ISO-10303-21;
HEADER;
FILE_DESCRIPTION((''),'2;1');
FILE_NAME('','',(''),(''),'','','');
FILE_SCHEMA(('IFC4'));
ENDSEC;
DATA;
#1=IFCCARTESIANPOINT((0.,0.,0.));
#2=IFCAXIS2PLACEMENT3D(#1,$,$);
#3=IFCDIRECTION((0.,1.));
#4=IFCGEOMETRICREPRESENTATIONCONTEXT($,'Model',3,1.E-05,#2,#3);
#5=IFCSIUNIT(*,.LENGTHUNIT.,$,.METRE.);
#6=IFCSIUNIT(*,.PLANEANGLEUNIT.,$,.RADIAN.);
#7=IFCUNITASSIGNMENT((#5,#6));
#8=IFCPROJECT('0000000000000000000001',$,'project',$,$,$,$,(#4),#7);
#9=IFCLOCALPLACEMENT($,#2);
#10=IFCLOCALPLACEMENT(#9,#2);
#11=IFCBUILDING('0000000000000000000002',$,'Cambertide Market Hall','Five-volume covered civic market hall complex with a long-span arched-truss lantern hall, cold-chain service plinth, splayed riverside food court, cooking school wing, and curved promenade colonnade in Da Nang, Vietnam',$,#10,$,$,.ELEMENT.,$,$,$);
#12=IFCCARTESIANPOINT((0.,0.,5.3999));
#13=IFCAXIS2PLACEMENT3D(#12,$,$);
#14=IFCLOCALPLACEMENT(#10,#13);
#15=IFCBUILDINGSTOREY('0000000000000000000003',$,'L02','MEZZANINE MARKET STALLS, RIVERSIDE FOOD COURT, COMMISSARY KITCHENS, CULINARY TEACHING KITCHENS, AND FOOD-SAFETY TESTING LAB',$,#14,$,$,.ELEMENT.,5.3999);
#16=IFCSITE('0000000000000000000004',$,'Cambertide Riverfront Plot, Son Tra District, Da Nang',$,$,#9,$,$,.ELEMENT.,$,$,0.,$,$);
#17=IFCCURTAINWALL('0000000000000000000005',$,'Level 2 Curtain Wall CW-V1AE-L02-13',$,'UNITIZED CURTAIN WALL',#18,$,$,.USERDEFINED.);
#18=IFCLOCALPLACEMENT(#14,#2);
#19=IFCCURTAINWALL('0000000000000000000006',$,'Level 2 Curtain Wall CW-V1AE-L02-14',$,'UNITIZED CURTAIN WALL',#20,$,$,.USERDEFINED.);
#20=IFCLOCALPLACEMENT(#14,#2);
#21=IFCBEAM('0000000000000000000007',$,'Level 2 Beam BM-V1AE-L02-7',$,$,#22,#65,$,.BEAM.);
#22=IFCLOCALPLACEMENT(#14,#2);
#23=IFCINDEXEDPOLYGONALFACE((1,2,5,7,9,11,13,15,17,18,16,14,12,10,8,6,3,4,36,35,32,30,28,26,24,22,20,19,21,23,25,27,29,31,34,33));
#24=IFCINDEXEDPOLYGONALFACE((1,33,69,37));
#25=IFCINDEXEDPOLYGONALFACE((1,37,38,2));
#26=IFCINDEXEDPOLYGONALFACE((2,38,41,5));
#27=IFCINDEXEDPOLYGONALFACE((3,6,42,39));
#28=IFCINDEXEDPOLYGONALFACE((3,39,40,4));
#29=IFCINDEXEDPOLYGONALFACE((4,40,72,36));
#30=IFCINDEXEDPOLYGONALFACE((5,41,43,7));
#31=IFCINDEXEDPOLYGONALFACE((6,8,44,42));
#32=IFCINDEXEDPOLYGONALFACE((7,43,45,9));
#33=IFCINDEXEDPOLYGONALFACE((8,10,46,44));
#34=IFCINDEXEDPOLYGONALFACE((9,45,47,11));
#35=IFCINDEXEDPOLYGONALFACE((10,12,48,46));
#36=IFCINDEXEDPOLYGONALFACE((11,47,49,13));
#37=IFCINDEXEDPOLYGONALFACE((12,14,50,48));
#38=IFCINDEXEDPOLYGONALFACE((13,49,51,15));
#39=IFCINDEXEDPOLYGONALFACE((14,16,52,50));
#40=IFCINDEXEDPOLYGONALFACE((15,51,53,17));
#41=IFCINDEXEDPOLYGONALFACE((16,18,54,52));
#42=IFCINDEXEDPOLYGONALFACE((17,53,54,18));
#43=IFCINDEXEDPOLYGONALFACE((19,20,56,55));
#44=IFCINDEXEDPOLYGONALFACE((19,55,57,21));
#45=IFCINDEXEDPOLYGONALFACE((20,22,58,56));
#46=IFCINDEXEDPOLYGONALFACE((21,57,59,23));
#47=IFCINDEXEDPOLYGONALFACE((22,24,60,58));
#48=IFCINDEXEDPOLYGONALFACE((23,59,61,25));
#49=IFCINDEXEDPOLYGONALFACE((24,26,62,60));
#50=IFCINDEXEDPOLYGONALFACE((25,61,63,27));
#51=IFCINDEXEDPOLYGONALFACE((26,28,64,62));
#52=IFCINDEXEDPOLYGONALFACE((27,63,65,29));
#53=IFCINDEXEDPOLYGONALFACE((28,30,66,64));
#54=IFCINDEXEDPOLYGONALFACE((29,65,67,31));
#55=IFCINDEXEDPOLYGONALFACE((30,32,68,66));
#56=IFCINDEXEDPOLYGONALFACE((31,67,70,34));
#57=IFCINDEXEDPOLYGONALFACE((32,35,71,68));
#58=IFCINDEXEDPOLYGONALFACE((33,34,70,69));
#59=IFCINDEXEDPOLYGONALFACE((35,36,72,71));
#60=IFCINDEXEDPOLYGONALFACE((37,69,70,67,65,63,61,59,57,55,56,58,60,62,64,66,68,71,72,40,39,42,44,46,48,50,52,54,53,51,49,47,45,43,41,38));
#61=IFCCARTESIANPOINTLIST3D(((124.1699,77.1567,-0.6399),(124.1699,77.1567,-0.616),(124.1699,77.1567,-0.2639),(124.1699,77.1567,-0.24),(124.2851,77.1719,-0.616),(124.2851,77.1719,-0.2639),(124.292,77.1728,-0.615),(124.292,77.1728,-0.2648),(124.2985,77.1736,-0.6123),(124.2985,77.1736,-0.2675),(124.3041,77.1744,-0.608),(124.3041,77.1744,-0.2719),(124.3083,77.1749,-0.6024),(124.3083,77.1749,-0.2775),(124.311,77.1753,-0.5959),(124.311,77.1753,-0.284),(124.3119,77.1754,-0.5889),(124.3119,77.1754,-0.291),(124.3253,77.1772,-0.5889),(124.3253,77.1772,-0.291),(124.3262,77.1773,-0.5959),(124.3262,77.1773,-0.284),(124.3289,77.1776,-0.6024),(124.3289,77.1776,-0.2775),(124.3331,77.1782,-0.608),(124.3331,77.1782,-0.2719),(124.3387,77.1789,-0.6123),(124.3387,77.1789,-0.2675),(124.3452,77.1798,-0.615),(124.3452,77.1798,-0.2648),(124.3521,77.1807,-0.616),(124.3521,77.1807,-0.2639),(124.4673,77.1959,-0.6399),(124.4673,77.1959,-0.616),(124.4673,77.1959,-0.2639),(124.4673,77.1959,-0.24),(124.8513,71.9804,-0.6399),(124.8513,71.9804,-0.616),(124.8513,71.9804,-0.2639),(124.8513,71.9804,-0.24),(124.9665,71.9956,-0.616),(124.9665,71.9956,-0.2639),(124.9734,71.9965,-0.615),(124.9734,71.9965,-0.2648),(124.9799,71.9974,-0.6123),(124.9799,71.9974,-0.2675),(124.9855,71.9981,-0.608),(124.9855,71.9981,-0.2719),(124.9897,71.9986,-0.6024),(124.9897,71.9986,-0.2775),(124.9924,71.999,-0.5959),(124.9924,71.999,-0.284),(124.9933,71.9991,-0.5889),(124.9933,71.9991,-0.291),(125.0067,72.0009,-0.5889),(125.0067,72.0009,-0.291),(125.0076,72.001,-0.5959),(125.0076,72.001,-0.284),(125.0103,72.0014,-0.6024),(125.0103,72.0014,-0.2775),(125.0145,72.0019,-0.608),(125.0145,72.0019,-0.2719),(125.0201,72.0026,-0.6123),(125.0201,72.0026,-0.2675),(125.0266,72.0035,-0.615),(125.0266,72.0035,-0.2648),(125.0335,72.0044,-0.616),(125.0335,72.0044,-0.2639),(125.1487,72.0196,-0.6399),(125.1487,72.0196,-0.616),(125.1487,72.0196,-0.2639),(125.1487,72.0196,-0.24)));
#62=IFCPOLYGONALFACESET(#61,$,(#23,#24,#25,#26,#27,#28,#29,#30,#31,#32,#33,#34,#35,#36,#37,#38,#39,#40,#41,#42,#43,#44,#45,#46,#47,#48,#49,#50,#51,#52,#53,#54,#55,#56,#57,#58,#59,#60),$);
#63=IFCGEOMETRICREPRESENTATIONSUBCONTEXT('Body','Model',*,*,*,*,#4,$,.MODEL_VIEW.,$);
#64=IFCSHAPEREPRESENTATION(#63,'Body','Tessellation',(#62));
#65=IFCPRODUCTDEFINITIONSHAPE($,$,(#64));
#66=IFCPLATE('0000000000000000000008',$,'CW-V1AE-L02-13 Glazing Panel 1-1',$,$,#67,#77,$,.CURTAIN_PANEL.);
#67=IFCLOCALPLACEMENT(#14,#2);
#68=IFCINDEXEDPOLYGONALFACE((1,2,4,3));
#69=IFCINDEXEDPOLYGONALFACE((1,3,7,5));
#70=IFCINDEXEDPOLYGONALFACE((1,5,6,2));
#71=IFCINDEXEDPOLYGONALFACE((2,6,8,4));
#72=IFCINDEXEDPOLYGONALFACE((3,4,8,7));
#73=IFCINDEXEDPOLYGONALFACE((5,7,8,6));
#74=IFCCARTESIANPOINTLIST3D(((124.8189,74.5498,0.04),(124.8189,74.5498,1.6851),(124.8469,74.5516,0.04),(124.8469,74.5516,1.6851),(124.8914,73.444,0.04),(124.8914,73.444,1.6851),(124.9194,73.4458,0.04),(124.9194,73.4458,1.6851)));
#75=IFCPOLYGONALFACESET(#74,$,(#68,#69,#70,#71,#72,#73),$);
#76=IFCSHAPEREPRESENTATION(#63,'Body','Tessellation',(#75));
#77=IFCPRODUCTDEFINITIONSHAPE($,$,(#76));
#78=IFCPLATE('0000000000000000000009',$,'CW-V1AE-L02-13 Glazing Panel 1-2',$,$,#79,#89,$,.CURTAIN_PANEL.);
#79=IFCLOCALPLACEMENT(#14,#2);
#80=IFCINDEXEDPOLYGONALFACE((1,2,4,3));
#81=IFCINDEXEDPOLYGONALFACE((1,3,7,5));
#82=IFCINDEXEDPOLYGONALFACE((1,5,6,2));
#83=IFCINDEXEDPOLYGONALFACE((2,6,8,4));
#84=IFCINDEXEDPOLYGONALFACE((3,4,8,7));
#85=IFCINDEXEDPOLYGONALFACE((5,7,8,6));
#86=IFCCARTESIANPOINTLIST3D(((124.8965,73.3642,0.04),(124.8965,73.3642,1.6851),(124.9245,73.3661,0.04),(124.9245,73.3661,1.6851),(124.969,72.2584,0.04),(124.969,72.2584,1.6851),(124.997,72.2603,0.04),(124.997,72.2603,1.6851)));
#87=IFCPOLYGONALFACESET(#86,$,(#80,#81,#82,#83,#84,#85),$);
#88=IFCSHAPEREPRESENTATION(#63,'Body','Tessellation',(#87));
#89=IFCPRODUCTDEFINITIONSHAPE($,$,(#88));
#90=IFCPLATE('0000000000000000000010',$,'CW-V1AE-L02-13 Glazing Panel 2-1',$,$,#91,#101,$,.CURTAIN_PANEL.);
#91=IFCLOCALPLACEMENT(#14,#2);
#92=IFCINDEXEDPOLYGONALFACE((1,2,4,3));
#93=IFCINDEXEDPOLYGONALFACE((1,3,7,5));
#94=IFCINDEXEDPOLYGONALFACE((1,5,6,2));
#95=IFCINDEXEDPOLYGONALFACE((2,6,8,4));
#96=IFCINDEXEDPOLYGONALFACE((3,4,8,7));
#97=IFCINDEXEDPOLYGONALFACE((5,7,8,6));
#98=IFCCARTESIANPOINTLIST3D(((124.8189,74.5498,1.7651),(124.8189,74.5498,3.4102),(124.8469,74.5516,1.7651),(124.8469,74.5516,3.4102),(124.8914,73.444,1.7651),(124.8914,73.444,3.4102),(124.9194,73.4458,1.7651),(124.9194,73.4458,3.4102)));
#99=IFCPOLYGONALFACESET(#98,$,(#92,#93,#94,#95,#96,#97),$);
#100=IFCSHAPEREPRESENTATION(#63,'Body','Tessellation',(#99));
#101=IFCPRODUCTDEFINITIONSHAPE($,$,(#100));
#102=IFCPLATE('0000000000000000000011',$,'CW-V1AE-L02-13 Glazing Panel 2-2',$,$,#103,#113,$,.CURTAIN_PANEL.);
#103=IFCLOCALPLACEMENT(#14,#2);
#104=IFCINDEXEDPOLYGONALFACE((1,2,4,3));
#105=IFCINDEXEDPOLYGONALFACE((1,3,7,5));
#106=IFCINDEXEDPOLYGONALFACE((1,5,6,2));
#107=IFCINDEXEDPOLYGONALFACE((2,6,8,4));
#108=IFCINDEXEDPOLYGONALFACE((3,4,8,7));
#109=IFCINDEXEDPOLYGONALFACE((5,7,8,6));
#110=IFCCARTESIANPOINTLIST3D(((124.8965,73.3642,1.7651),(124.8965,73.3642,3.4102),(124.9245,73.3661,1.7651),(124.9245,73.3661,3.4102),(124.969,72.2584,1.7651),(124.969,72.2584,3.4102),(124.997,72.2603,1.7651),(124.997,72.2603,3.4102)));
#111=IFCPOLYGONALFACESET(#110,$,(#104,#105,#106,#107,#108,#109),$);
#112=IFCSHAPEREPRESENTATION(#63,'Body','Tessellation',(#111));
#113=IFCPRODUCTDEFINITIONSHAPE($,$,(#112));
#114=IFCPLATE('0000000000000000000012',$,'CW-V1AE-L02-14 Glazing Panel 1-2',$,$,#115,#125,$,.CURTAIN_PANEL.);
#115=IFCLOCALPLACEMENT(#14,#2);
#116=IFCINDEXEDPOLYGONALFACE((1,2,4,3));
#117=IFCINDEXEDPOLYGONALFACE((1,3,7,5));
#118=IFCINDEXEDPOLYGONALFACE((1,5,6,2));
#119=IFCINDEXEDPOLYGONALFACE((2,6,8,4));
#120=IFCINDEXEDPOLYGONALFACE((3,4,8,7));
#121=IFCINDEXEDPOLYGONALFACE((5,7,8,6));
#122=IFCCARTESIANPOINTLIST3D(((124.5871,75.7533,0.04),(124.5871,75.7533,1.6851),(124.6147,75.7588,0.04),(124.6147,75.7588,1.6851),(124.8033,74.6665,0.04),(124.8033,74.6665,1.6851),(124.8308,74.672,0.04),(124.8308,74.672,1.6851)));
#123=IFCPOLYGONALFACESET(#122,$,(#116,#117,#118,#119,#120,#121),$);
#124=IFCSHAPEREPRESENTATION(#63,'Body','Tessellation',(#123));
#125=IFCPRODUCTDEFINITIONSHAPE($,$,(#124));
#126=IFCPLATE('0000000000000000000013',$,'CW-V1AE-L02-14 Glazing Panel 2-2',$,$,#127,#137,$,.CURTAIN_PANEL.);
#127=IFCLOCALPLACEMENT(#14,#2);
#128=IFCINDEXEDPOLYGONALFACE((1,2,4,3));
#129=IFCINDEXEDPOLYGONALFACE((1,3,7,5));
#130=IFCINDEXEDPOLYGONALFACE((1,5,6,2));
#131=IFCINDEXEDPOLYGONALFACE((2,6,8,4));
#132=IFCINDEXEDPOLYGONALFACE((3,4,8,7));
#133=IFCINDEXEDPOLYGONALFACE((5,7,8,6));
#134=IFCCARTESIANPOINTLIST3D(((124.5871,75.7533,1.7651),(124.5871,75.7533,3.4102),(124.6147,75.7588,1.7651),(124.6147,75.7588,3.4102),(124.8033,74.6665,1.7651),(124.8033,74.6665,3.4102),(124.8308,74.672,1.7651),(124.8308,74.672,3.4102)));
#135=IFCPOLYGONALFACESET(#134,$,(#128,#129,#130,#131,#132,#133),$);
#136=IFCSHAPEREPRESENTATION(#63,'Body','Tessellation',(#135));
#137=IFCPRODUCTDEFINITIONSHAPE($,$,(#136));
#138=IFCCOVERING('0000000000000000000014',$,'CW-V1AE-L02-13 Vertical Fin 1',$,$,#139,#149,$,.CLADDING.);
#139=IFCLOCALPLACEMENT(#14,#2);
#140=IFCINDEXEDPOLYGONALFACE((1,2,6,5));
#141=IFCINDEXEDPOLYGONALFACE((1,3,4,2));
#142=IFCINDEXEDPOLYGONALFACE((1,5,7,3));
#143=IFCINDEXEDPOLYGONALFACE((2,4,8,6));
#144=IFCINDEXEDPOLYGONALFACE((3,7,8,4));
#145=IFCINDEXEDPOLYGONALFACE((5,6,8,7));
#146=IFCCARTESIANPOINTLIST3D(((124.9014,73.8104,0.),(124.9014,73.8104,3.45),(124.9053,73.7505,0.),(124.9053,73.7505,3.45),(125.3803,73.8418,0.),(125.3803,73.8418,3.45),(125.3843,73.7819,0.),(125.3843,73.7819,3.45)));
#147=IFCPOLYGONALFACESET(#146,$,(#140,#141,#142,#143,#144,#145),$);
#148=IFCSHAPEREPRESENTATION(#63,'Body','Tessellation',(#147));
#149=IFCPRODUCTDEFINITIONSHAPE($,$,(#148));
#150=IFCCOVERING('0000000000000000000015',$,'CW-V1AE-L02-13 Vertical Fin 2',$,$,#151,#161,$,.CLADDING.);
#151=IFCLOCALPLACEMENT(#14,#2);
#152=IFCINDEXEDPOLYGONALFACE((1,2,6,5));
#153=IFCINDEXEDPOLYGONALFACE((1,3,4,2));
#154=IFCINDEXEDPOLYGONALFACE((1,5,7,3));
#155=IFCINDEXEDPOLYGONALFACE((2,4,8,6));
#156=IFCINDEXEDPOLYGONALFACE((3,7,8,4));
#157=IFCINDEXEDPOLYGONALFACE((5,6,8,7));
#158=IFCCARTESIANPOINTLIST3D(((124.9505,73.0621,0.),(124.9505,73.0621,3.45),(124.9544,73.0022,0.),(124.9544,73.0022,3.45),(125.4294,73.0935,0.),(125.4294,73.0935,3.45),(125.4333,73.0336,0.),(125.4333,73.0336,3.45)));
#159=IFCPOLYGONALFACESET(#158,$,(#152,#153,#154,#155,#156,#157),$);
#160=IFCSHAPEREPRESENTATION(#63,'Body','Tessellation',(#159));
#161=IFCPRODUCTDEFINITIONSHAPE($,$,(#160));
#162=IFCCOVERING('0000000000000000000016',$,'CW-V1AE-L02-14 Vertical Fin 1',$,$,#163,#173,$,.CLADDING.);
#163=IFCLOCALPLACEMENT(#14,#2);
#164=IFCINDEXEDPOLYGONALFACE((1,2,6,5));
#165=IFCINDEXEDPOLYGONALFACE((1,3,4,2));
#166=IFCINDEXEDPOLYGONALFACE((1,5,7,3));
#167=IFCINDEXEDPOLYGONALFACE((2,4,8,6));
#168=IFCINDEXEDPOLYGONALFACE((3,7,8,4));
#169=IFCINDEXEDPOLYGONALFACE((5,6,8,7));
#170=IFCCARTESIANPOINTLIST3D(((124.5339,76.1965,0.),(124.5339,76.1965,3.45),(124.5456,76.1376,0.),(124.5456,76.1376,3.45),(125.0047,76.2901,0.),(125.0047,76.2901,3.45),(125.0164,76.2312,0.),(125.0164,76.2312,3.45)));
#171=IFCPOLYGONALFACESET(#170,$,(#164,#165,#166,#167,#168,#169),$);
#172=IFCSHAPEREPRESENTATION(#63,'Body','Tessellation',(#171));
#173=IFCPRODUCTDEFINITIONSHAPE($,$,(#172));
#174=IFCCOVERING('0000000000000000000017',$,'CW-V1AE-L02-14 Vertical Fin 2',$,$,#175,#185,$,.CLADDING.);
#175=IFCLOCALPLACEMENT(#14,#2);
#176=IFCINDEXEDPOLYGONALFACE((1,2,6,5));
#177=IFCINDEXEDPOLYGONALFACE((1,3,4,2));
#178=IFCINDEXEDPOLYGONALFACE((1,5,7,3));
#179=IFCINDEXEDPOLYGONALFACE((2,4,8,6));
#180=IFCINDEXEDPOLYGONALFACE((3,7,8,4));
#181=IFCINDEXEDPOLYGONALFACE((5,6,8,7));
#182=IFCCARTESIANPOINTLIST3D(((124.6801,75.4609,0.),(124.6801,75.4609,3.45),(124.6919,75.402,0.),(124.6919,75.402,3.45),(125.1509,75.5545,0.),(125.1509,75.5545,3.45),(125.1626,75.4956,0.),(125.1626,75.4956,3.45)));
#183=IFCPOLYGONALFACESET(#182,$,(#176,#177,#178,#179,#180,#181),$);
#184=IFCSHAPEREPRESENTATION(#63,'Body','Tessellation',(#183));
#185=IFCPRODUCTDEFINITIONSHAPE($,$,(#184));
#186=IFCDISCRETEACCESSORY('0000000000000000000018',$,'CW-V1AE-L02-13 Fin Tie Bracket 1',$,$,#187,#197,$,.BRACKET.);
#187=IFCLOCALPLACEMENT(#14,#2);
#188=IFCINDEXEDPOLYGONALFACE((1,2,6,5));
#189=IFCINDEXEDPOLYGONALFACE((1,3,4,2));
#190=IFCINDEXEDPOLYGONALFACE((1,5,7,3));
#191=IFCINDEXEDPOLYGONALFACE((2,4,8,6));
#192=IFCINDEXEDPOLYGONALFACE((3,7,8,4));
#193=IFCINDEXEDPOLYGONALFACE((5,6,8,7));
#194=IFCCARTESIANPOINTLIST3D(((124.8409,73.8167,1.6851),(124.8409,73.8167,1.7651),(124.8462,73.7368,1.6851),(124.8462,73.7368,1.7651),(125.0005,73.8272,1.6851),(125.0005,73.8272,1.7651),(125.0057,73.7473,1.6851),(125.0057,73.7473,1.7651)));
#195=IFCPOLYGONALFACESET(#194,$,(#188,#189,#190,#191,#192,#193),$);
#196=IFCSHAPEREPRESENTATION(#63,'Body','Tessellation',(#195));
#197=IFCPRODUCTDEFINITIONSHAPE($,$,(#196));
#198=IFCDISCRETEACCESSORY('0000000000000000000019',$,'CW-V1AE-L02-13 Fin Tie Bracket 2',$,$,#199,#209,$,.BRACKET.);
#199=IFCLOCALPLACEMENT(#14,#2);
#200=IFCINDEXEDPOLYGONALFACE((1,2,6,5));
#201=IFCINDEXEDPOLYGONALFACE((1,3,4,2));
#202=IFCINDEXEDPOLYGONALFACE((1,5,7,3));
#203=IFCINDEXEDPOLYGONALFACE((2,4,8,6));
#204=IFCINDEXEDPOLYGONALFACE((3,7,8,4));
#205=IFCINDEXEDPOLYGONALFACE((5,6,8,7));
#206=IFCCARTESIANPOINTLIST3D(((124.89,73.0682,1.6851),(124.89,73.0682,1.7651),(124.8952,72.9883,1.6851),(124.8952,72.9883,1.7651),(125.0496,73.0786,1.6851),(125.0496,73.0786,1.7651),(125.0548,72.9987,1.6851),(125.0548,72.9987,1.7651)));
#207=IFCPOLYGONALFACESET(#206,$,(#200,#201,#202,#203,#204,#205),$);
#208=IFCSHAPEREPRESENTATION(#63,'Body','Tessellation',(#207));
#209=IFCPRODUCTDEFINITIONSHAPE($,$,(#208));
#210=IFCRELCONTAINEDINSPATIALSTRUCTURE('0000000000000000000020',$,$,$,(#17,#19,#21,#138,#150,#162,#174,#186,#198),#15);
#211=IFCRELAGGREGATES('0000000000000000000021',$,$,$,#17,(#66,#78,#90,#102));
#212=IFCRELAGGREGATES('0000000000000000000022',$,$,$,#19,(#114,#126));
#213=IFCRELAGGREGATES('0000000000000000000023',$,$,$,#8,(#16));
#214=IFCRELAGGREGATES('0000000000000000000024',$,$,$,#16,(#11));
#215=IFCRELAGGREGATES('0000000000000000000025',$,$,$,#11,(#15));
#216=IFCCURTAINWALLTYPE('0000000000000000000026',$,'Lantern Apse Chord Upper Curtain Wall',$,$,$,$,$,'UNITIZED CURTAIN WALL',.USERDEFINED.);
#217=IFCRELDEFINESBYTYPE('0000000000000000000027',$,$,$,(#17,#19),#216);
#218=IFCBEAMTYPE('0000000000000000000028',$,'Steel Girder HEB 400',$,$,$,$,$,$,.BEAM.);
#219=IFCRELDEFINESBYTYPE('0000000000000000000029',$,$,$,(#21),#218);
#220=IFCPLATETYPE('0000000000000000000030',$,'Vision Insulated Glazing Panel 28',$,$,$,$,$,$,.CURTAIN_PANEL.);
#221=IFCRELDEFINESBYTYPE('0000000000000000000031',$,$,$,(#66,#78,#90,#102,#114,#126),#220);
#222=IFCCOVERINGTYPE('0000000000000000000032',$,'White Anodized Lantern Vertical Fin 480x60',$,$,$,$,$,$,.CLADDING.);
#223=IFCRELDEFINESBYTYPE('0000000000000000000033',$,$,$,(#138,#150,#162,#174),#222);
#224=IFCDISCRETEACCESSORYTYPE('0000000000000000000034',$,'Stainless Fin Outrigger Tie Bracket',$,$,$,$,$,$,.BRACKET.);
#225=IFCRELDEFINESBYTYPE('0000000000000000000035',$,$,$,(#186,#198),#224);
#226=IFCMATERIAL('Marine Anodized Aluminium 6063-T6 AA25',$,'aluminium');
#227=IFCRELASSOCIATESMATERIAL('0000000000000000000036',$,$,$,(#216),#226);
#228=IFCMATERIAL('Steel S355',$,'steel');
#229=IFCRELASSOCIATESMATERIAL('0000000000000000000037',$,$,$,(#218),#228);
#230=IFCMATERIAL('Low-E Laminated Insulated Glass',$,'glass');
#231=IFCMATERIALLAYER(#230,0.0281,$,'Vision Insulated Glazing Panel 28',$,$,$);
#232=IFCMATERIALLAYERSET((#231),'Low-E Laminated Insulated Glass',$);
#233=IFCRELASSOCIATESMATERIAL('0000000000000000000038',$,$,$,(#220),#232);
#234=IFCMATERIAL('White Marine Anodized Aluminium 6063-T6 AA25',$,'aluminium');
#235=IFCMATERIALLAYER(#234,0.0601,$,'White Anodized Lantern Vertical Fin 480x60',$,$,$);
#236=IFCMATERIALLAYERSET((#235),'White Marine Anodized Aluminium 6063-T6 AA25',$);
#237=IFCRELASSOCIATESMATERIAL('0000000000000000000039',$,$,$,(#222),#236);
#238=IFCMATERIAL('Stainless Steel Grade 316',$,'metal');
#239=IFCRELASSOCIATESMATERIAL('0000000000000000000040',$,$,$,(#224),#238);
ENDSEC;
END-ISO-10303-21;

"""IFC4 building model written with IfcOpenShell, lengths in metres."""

from ifc_helpers import new_model, si_unit, direction, frame, origin, origin_2d, place, context, subcontext, project, spatial, rectangle, i_section, extrude, material, layer, layer_set, material_profile, profile_set, type_object, element, aggregate, save


model = new_model("IFC4")

# Units and contexts
model_context = context("Model", 3, precision=1e-05, world=origin(), true_north=direction((0.0, 1.0)))
body_context = subcontext(model_context, "Body", "Model", "MODEL_VIEW")
ifc_project = project(units=[si_unit("LENGTHUNIT", "METRE"), si_unit("PLANEANGLEUNIT", "RADIAN")], contexts=[model_context])

# Site, building, storey
site_placement = place(None, origin())
site = spatial("IfcSite", under=ifc_project, at=site_placement, Name="Cambertide Riverfront Plot, Son Tra District, Da Nang", CompositionType="ELEMENT", RefElevation=0.0)
building_placement = place(site_placement, origin())
building = spatial("IfcBuilding", under=site, at=building_placement, Name="Cambertide Market Hall", Description="Five-volume covered civic market hall complex with a long-span arched-truss lantern hall, cold-chain service plinth, splayed riverside food court, cooking school wing, and curved promenade colonnade in Da Nang, Vietnam", CompositionType="ELEMENT")
storey_placement = place(building_placement, frame((0.0, 0.0, 5.3999)))
storey = spatial("IfcBuildingStorey", under=building, at=storey_placement, Name="L02", Description="MEZZANINE MARKET STALLS, RIVERSIDE FOOD COURT, COMMISSARY KITCHENS, CULINARY TEACHING KITCHENS, AND FOOD-SAFETY TESTING LAB", CompositionType="ELEMENT", Elevation=5.3999)

# Curtain walls
ifc_material_1 = material(Name="Marine Anodized Aluminium 6063-T6 AA25", Category="aluminium")
curtain_wall_type = type_object("IfcCurtainWallType", Name="Lantern Apse Chord Upper Curtain Wall", ElementType="UNITIZED CURTAIN WALL", PredefinedType="USERDEFINED", material=ifc_material_1)
curtain_wall_1_placement = place(storey_placement, origin())
curtain_wall_1 = element("IfcCurtainWall", 1, at=curtain_wall_1_placement, inside=storey, type_object=curtain_wall_type, Name="Level 2 Curtain Wall CW-V1AE-L02-13", ObjectType="UNITIZED CURTAIN WALL", PredefinedType="USERDEFINED")
curtain_wall_2_placement = place(storey_placement, origin())
curtain_wall_2 = element("IfcCurtainWall", 2, at=curtain_wall_2_placement, inside=storey, type_object=curtain_wall_type, Name="Level 2 Curtain Wall CW-V1AE-L02-14", ObjectType="UNITIZED CURTAIN WALL", PredefinedType="USERDEFINED")

# Beam
ifc_material_2 = material(Name="Steel S355", Category="steel")
ifc_material_profile_1 = material_profile(ifc_material_2, i_section(OverallWidth=0.3, OverallDepth=0.3999, WebThickness=0.0134, FlangeThickness=0.0239, FilletRadius=0.0271, at=origin_2d()), Name="HEB 400")
ifc_profile_set_1 = profile_set([ifc_material_profile_1], Name="Steel S355")
beam_type_1 = type_object("IfcBeamType", Name="Steel Girder HEB 400", PredefinedType="BEAM", material=ifc_profile_set_1)
beam_1_placement = place(storey_placement, frame((125.0, 72.0, -0.4399), z_axis=(-0.130513, 0.991447, 0.0), x_axis=(-0.991447, -0.130513, 0.0)))
element("IfcBeam", 3, at=beam_1_placement, inside=storey, type_object=beam_type_1, Name="Level 2 Beam BM-V1AE-L02-7", PredefinedType="BEAM", context=body_context, shape_type="SweptSolid", body=[
    extrude(i_section(OverallWidth=0.3, OverallDepth=0.3999, WebThickness=0.0134, FlangeThickness=0.0239, FilletRadius=0.0271, at=origin_2d()), origin(), (0.0, 0.0, 1.0), 5.2209),
])

# Plates
ifc_material_3 = material(Name="Low-E Laminated Insulated Glass", Category="glass")
ifc_layer_1 = layer(ifc_material_3, 0.0281, Name="Vision Insulated Glazing Panel 28")
ifc_layer_set_1 = layer_set([ifc_layer_1], Name="Low-E Laminated Insulated Glass")
plate_type = type_object("IfcPlateType", Name="Vision Insulated Glazing Panel 28", PredefinedType="CURTAIN_PANEL", material=ifc_layer_set_1)
plate_1_placement = place(storey_placement, frame((124.8691, 73.9978, 0.04), z_axis=(0.0, 0.0, 1.0), x_axis=(0.065403, -0.997859, 0.0)))
plate_1 = element("IfcPlate", 4, at=plate_1_placement, type_object=plate_type, Name="CW-V1AE-L02-13 Glazing Panel 1-1", PredefinedType="CURTAIN_PANEL", context=body_context, shape_type="SweptSolid", body=[
    extrude(rectangle(XDim=1.1082, YDim=0.0281, at=origin_2d()), origin(), (0.0, 0.0, 1.0), 1.645),
])
plate_2_placement = place(storey_placement, frame((124.9468, 72.8123, 0.04), z_axis=(0.0, 0.0, 1.0), x_axis=(0.065403, -0.997859, 0.0)))
plate_2 = element("IfcPlate", 5, at=plate_2_placement, type_object=plate_type, Name="CW-V1AE-L02-13 Glazing Panel 1-2", PredefinedType="CURTAIN_PANEL", context=body_context, shape_type="SweptSolid", body=[
    extrude(rectangle(XDim=1.1082, YDim=0.0281, at=origin_2d()), origin(), (0.0, 0.0, 1.0), 1.645),
])
plate_3_placement = place(storey_placement, frame((124.8691, 73.9978, 1.7651), z_axis=(0.0, 0.0, 1.0), x_axis=(0.065403, -0.997859, 0.0)))
plate_3 = element("IfcPlate", 6, at=plate_3_placement, type_object=plate_type, Name="CW-V1AE-L02-13 Glazing Panel 2-1", PredefinedType="CURTAIN_PANEL", context=body_context, shape_type="SweptSolid", body=[
    extrude(rectangle(XDim=1.1082, YDim=0.0281, at=origin_2d()), origin(), (0.0, 0.0, 1.0), 1.645),
])
plate_4_placement = place(storey_placement, frame((124.9468, 72.8123, 1.7651), z_axis=(0.0, 0.0, 1.0), x_axis=(0.065403, -0.997859, 0.0)))
plate_4 = element("IfcPlate", 7, at=plate_4_placement, type_object=plate_type, Name="CW-V1AE-L02-13 Glazing Panel 2-2", PredefinedType="CURTAIN_PANEL", context=body_context, shape_type="SweptSolid", body=[
    extrude(rectangle(XDim=1.1082, YDim=0.0281, at=origin_2d()), origin(), (0.0, 0.0, 1.0), 1.645),
])
aggregate(curtain_wall_1, [plate_1, plate_2, plate_3, plate_4])
plate_5_placement = place(storey_placement, frame((124.709, 75.2126, 0.04), z_axis=(0.0, 0.0, 1.0), x_axis=(0.19509, -0.980785, 0.0)))
plate_5 = element("IfcPlate", 8, at=plate_5_placement, type_object=plate_type, Name="CW-V1AE-L02-14 Glazing Panel 1-2", PredefinedType="CURTAIN_PANEL", context=body_context, shape_type="SweptSolid", body=[
    extrude(rectangle(XDim=1.1082, YDim=0.0281, at=origin_2d()), origin(), (0.0, 0.0, 1.0), 1.645),
])
plate_6_placement = place(storey_placement, frame((124.709, 75.2126, 1.7651), z_axis=(0.0, 0.0, 1.0), x_axis=(0.19509, -0.980785, 0.0)))
plate_6 = element("IfcPlate", 9, at=plate_6_placement, type_object=plate_type, Name="CW-V1AE-L02-14 Glazing Panel 2-2", PredefinedType="CURTAIN_PANEL", context=body_context, shape_type="SweptSolid", body=[
    extrude(rectangle(XDim=1.1082, YDim=0.0281, at=origin_2d()), origin(), (0.0, 0.0, 1.0), 1.645),
])
aggregate(curtain_wall_2, [plate_5, plate_6])

# Coverings
ifc_material_4 = material(Name="White Marine Anodized Aluminium 6063-T6 AA25", Category="aluminium")
ifc_layer_2 = layer(ifc_material_4, 0.0601, Name="White Anodized Lantern Vertical Fin 480x60")
ifc_layer_set_2 = layer_set([ifc_layer_2], Name="White Marine Anodized Aluminium 6063-T6 AA25")
covering_type = type_object("IfcCoveringType", Name="White Anodized Lantern Vertical Fin 480x60", PredefinedType="CLADDING", material=ifc_layer_set_2)
for number, where, z_axis, x_axis, name in (
    (10, (125.1428, 73.7961, 0.0), (0.0, 0.0, 1.0), (0.065403, -0.997859, 0.0), "CW-V1AE-L02-13 Vertical Fin 1"),
    (11, (125.1919, 73.0479, 0.0), (0.0, 0.0, 1.0), (0.065403, -0.997859, 0.0), "CW-V1AE-L02-13 Vertical Fin 2"),
    (12, (124.7751, 76.2139, 0.0), (0.0, 0.0, 1.0), (0.19509, -0.980785, 0.0), "CW-V1AE-L02-14 Vertical Fin 1"),
    (13, (124.9214, 75.4783, 0.0), (0.0, 0.0, 1.0), (0.19509, -0.980785, 0.0), "CW-V1AE-L02-14 Vertical Fin 2"),
):
    element("IfcCovering", number, at=place(storey_placement, frame(where, z_axis=z_axis, x_axis=x_axis)), inside=storey, type_object=covering_type, Name=name, PredefinedType="CLADDING", context=body_context, shape_type="SweptSolid", body=[
        extrude(rectangle(XDim=0.0601, YDim=0.48, at=origin_2d()), origin(), (0.0, 0.0, 1.0), 3.45),
    ])

# Discrete accessories
ifc_material_5 = material(Name="Stainless Steel Grade 316", Category="metal")
discrete_accessory_type = type_object("IfcDiscreteAccessoryType", Name="Stainless Fin Outrigger Tie Bracket", PredefinedType="BRACKET", material=ifc_material_5)
for number, where, z_axis, x_axis, name in (
    (14, (124.9233, 73.782, 1.6851), (0.0, 0.0, 1.0), (0.065403, -0.997859, 0.0), "CW-V1AE-L02-13 Fin Tie Bracket 1"),
    (15, (124.9724, 73.0334, 1.6851), (0.0, 0.0, 1.0), (0.065403, -0.997859, 0.0), "CW-V1AE-L02-13 Fin Tie Bracket 2"),
):
    element("IfcDiscreteAccessory", number, at=place(storey_placement, frame(where, z_axis=z_axis, x_axis=x_axis)), inside=storey, type_object=discrete_accessory_type, Name=name, PredefinedType="BRACKET", context=body_context, shape_type="SweptSolid", body=[
        extrude(rectangle(XDim=0.0801, YDim=0.1599, at=origin_2d()), origin(), (0.0, 0.0, 1.0), 0.0801),
    ])

save(model, "model.ifc")
